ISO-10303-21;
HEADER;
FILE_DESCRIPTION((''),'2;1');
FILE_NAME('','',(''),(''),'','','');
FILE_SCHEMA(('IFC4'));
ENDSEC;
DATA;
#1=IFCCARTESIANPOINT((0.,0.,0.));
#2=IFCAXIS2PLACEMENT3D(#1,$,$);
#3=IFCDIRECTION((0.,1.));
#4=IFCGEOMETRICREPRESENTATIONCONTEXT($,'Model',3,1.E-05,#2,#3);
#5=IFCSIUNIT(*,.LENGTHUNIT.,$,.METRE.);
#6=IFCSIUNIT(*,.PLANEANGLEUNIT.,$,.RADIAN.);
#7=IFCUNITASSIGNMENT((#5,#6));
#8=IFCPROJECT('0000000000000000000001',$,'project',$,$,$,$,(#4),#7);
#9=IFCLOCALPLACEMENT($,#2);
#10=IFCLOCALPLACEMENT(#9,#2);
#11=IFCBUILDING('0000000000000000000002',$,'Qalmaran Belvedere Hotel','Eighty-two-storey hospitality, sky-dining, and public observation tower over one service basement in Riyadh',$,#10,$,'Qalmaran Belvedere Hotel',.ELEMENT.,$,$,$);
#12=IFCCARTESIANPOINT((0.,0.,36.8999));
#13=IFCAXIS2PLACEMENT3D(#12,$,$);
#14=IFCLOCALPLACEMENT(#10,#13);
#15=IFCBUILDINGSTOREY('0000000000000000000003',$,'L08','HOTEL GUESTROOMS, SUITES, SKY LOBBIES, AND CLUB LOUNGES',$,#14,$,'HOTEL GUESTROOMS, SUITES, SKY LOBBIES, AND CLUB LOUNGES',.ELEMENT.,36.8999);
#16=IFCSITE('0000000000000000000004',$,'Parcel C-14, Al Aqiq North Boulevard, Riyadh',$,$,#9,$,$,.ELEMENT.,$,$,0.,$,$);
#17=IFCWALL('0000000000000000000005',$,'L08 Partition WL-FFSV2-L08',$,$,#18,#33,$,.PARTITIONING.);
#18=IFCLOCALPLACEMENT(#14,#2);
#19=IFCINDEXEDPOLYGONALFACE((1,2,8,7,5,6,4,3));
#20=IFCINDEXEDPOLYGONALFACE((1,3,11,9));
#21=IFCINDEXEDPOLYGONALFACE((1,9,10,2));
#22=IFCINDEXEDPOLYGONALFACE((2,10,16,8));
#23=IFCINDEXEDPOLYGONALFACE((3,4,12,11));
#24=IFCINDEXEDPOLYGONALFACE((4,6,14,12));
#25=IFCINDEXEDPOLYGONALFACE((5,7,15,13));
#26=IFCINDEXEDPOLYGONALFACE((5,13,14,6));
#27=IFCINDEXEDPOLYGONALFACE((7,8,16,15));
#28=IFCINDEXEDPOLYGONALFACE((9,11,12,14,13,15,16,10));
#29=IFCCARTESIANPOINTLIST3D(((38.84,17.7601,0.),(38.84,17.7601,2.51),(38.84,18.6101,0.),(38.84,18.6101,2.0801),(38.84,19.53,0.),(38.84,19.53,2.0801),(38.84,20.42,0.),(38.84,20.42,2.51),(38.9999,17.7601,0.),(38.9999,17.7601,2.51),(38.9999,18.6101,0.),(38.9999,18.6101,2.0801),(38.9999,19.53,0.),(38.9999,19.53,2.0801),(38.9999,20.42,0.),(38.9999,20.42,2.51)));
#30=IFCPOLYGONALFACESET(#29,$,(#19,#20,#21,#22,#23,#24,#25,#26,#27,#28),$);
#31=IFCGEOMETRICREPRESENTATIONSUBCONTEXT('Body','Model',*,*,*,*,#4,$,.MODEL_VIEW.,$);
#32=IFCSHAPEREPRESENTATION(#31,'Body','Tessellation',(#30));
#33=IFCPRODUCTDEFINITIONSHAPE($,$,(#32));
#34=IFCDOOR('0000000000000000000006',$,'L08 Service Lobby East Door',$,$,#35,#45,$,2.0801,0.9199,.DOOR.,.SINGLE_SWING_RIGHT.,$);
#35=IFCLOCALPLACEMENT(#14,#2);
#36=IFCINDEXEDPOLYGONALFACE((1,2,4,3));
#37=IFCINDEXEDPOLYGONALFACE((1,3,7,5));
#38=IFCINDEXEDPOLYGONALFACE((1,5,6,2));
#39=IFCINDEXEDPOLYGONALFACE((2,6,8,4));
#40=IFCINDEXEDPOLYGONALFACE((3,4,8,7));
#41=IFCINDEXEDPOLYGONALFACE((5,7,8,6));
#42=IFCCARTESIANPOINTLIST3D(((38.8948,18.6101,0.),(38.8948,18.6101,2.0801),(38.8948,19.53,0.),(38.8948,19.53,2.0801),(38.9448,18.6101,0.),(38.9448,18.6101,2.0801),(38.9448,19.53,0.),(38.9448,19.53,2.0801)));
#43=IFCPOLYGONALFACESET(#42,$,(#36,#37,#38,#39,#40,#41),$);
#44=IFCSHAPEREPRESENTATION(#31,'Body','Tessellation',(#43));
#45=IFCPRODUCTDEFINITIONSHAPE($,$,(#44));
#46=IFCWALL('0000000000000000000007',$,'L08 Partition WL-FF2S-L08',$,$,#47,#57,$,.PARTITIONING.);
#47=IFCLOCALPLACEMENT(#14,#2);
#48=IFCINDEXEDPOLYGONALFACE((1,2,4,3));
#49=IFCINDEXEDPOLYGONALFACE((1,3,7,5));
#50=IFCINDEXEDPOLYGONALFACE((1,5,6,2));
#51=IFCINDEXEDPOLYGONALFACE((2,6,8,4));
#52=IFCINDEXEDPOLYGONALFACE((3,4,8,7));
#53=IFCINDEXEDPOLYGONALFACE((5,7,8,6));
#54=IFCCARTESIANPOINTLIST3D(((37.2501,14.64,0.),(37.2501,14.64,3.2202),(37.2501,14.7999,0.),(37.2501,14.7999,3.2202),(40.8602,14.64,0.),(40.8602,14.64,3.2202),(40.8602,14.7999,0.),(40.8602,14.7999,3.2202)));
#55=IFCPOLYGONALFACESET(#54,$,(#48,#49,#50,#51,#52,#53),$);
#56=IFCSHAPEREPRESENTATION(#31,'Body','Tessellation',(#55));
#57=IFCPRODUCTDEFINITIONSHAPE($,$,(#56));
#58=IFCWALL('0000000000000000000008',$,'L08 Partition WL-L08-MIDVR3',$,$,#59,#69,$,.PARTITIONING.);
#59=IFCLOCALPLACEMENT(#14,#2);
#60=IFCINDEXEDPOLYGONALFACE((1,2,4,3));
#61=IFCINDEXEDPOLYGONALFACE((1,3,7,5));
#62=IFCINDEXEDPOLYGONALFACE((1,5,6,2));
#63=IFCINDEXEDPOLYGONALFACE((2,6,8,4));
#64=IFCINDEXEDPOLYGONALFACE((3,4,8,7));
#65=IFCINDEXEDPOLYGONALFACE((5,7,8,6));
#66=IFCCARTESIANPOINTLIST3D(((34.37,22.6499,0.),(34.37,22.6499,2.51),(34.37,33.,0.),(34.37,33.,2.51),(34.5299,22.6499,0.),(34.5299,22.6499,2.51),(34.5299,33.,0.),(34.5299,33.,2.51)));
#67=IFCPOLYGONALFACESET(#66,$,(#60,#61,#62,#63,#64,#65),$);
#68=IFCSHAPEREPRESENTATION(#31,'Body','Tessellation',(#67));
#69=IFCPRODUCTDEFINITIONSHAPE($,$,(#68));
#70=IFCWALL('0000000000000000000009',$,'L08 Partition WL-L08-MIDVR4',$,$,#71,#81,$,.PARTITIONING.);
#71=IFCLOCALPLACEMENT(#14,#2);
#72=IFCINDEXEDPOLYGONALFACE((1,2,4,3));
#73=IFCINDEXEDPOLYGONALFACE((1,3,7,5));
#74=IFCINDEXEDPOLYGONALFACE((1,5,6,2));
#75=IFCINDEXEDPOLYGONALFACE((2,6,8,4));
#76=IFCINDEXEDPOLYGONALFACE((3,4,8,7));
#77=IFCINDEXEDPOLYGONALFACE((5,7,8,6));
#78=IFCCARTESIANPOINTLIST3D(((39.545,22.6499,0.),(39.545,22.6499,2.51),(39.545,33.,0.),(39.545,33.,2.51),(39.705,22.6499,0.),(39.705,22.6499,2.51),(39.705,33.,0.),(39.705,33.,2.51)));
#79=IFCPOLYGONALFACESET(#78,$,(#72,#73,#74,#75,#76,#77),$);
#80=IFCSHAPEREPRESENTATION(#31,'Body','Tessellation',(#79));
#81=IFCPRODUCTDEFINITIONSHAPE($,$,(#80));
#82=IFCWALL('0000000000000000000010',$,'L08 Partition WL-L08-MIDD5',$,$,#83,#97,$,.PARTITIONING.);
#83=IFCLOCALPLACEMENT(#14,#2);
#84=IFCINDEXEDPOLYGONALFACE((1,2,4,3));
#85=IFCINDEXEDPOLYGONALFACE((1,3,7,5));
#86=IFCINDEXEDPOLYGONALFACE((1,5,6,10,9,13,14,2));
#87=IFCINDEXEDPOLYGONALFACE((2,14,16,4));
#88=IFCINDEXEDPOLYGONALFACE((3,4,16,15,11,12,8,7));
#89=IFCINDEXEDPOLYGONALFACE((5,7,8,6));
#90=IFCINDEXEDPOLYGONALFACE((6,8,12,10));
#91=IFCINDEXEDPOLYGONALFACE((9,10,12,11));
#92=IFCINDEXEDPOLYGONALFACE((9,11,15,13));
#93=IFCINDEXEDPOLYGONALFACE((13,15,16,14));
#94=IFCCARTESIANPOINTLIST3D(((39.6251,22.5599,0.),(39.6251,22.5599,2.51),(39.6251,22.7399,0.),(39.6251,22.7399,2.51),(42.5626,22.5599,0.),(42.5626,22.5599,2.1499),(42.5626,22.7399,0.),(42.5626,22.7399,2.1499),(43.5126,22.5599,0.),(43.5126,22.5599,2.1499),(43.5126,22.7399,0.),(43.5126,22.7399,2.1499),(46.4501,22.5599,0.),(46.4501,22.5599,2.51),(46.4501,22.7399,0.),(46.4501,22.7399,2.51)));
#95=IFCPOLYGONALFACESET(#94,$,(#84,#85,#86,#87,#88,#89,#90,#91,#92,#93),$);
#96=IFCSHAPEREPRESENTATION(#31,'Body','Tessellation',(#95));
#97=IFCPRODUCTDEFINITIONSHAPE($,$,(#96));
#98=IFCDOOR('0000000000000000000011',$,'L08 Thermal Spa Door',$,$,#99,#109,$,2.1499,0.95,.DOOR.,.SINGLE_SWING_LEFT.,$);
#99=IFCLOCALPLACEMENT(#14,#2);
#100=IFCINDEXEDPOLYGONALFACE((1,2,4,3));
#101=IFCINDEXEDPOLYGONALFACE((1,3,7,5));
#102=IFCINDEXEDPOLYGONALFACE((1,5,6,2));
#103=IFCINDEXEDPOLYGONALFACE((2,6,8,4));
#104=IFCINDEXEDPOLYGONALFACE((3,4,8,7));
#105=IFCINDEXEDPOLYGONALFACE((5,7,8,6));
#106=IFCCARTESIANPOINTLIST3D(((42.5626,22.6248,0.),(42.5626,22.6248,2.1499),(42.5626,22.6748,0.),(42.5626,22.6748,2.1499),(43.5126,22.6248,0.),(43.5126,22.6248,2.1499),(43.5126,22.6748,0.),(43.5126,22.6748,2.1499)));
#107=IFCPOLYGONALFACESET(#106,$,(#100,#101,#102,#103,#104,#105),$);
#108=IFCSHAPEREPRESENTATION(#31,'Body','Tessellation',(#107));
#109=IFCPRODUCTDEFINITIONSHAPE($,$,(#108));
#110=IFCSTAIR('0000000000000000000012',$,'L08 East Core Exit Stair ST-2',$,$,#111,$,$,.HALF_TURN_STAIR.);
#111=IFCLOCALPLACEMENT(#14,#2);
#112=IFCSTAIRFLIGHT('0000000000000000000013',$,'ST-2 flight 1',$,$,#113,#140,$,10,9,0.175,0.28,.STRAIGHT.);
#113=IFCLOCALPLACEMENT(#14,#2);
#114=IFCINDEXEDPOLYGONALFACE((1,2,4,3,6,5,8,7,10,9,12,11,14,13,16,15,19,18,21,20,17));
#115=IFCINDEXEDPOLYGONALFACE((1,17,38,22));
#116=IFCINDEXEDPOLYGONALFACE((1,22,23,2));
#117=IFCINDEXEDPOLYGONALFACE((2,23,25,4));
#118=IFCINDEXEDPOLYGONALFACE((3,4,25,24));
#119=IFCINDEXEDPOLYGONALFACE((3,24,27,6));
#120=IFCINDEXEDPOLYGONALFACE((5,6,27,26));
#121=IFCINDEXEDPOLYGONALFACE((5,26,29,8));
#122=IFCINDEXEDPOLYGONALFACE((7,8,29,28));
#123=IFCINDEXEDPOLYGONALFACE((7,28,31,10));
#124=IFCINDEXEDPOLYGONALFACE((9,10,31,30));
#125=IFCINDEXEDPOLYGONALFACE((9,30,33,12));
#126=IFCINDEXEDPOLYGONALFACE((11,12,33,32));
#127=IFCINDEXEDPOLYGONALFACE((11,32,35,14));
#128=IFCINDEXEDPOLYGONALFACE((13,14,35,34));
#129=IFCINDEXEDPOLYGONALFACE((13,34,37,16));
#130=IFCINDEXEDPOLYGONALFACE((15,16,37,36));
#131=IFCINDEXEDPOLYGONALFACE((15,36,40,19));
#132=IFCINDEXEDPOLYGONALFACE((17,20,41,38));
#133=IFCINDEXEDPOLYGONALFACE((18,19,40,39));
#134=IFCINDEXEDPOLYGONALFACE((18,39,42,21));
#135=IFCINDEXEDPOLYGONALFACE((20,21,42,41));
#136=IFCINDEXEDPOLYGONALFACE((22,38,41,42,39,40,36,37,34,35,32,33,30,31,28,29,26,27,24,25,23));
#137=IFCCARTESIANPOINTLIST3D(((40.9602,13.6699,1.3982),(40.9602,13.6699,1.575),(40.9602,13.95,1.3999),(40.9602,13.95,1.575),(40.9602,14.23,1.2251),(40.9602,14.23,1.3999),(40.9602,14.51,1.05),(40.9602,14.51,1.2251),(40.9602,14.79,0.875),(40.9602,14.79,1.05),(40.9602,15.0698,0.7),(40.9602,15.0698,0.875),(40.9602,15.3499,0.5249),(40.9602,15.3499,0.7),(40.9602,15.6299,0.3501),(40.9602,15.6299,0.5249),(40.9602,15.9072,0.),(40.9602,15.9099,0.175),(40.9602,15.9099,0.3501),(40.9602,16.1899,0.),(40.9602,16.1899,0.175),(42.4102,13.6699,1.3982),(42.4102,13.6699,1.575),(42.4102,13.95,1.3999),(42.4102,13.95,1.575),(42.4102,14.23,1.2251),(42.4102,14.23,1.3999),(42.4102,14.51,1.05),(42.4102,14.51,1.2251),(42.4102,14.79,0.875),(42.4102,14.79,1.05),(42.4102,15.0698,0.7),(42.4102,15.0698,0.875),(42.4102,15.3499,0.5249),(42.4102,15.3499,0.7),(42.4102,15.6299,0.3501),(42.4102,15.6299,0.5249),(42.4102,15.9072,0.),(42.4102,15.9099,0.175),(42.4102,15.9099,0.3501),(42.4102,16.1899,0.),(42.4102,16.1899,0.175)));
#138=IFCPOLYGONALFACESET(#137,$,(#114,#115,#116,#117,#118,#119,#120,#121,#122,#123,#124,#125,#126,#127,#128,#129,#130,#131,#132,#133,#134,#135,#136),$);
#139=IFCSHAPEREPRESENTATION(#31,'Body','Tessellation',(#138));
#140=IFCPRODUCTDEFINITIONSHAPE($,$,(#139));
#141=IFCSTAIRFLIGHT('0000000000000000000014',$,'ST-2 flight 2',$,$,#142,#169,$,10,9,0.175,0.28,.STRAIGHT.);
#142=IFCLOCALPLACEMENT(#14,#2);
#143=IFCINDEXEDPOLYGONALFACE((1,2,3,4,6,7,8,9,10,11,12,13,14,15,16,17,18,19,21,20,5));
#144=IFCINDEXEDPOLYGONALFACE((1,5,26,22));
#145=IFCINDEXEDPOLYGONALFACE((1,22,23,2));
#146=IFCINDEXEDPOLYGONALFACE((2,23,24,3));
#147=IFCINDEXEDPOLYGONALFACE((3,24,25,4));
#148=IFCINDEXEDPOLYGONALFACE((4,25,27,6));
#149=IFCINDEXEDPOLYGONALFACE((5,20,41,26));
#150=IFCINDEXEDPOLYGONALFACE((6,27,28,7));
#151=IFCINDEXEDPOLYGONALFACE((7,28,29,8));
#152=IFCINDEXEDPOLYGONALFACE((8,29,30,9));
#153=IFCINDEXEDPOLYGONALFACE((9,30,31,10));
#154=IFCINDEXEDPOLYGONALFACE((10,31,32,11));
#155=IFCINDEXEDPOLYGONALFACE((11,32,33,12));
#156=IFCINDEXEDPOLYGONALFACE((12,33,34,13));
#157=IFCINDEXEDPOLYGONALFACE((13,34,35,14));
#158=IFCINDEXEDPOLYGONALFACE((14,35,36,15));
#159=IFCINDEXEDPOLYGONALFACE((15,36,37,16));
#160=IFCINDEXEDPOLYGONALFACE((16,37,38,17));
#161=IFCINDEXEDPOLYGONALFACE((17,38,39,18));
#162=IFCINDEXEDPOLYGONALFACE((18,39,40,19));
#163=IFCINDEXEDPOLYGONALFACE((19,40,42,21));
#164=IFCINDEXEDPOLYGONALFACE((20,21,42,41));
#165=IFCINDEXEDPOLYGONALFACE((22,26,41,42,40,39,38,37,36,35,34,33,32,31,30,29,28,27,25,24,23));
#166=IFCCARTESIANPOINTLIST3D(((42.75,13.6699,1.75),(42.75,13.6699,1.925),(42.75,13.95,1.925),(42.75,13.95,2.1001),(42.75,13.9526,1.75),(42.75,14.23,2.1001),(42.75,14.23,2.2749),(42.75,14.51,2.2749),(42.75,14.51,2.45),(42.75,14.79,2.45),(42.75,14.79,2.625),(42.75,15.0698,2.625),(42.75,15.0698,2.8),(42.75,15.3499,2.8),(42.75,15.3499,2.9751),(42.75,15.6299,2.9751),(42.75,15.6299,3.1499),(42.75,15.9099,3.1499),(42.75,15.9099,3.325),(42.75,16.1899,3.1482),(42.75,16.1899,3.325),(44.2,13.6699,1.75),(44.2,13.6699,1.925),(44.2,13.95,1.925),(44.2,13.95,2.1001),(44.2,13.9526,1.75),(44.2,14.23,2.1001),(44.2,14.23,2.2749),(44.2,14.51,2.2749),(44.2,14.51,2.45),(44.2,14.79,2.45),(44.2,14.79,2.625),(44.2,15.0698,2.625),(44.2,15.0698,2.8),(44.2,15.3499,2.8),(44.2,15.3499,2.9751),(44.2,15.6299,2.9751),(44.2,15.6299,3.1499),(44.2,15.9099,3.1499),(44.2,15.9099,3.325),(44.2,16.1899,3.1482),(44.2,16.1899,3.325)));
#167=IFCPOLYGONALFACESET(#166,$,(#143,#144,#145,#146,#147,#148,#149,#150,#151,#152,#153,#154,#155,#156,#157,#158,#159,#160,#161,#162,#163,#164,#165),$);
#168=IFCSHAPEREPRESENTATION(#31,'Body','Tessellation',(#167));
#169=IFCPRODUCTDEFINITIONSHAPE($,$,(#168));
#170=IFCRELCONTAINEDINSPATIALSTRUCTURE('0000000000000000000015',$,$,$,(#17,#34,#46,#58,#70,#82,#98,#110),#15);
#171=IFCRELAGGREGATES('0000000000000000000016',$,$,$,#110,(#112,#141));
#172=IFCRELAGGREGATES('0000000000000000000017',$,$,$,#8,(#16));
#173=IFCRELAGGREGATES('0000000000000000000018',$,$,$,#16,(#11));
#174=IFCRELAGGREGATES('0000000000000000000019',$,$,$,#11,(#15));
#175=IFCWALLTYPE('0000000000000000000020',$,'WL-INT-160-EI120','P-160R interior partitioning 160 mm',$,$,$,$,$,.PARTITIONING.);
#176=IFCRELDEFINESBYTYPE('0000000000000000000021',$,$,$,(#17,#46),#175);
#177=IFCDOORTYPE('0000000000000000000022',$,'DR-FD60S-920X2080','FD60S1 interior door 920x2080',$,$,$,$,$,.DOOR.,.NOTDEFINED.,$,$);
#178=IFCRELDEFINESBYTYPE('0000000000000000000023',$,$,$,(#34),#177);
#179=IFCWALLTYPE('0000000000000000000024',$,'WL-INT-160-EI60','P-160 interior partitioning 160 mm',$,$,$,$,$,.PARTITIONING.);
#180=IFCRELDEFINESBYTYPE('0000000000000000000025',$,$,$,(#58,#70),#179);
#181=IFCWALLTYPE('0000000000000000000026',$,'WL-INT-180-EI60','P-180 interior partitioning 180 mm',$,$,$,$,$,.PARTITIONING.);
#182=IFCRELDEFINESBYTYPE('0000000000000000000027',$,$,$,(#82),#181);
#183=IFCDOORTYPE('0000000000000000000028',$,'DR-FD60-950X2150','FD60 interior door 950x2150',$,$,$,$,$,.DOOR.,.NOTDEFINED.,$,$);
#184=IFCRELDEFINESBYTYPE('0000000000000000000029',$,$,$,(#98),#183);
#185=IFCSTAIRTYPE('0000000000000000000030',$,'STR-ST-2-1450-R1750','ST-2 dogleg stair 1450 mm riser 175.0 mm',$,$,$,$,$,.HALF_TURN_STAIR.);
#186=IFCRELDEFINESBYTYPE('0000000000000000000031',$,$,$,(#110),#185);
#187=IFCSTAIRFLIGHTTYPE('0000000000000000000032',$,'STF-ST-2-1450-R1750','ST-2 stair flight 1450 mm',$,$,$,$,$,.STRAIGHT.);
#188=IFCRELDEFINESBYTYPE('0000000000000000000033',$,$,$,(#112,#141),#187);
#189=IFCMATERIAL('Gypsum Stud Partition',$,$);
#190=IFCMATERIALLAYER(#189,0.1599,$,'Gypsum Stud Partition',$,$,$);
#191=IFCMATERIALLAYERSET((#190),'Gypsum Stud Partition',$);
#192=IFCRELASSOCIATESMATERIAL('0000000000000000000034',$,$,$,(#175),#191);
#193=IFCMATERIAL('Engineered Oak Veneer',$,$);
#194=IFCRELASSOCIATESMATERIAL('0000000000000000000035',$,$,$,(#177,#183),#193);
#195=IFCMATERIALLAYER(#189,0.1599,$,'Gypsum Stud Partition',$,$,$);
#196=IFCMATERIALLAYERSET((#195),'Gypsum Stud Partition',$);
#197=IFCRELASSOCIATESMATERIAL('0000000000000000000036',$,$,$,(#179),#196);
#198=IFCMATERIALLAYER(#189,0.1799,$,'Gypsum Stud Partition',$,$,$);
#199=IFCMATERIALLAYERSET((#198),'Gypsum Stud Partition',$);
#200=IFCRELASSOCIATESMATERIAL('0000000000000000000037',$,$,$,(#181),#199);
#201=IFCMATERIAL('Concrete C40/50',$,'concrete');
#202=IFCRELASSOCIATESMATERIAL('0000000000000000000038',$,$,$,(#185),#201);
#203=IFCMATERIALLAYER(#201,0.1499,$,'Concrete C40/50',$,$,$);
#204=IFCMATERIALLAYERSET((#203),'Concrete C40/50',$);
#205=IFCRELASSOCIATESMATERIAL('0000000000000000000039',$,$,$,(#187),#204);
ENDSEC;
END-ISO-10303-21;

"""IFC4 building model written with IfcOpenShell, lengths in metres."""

from ifc_helpers import new_model, si_unit, direction, frame, frame_2d, origin, place, context, subcontext, project, spatial, polyline, rectangle, outline, extrude, material, layer, layer_set, type_object, element, fill, aggregate, save


model = new_model("IFC4")

# Units and contexts
model_context = context("Model", 3, precision=1e-05, world=origin(), true_north=direction((0.0, 1.0)))
body_context = subcontext(model_context, "Body", "Model", "MODEL_VIEW")
ifc_project = project(units=[si_unit("LENGTHUNIT", "METRE"), si_unit("PLANEANGLEUNIT", "RADIAN")], contexts=[model_context])

# Site, building, storey
site_placement = place(None, origin())
site = spatial("IfcSite", under=ifc_project, at=site_placement, Name="Parcel C-14, Al Aqiq North Boulevard, Riyadh", CompositionType="ELEMENT", RefElevation=0.0)
building_placement = place(site_placement, origin())
building = spatial("IfcBuilding", under=site, at=building_placement, Name="Qalmaran Belvedere Hotel", Description="Eighty-two-storey hospitality, sky-dining, and public observation tower over one service basement in Riyadh", LongName="Qalmaran Belvedere Hotel", CompositionType="ELEMENT")
storey_placement = place(building_placement, frame((0.0, 0.0, 36.8999)))
storey = spatial("IfcBuildingStorey", under=building, at=storey_placement, Name="L08", Description="HOTEL GUESTROOMS, SUITES, SKY LOBBIES, AND CLUB LOUNGES", LongName="HOTEL GUESTROOMS, SUITES, SKY LOBBIES, AND CLUB LOUNGES", CompositionType="ELEMENT", Elevation=36.8999)

# Shared definitions
ifc_material_1 = material(Name="Gypsum Stud Partition")

# Wall, opening, door
ifc_layer_1 = layer(ifc_material_1, 0.1599, Name="Gypsum Stud Partition")
ifc_layer_set_1 = layer_set([ifc_layer_1], Name="Gypsum Stud Partition")
wall_type_1 = type_object("IfcWallType", Name="WL-INT-160-EI120", Description="P-160R interior partitioning 160 mm", PredefinedType="PARTITIONING", material=ifc_layer_set_1)
wall_1_placement = place(storey_placement, frame((38.9199, 17.76, 0.0), z_axis=(0.0, 0.0, 1.0), x_axis=(0.0, 1.0, 0.0)))
wall_1 = element("IfcWall", 1, at=wall_1_placement, inside=storey, type_object=wall_type_1, Name="L08 Partition WL-FFSV2-L08", PredefinedType="PARTITIONING", context=body_context, shape_type="SweptSolid", body=[
    extrude(rectangle(XDim=2.6599, YDim=0.1599, at=frame_2d((1.3301, 0.0))), origin(), (0.0, 0.0, 1.0), 2.51),
])
opening_1_placement = place(wall_1_placement, frame((1.77, 0.0, 0.0), z_axis=(0.0, 0.0, 1.0), x_axis=(-1.0, 0.0, 0.0)))
opening_1 = element("IfcOpeningElement", 2, at=opening_1_placement, cuts=wall_1, PredefinedType="OPENING", context=body_context, shape_type="SweptSolid", body=[
    extrude(rectangle(XDim=0.9199, YDim=2.0801, at=frame_2d((0.46, 1.04))), frame((0.0, 0.0898, 0.0), z_axis=(0.0, -1.0, 0.0), x_axis=(1.0, 0.0, 0.0)), (0.0, 0.0, 1.0), 0.1799),
])
ifc_material_2 = material(Name="Engineered Oak Veneer")
door_type_1 = type_object("IfcDoorType", Name="DR-FD60S-920X2080", Description="FD60S1 interior door 920x2080", OperationType="NOTDEFINED", PredefinedType="DOOR", material=ifc_material_2)
door_1_placement = place(opening_1_placement, origin())
door_1 = element("IfcDoor", 3, at=door_1_placement, inside=storey, type_object=door_type_1, Name="L08 Service Lobby East Door", OperationType="SINGLE_SWING_RIGHT", OverallHeight=2.0801, OverallWidth=0.9199, PredefinedType="DOOR", context=body_context, shape_type="SweptSolid", body=[
    extrude(rectangle(XDim=0.9199, YDim=2.0801, at=frame_2d((0.46, 1.04))), frame((0.0, 0.0249, 0.0), z_axis=(0.0, -1.0, 0.0), x_axis=(1.0, 0.0, 0.0)), (0.0, 0.0, 1.0), 0.05),
])
fill(opening_1, door_1)

# Walls
wall_2_placement = place(storey_placement, frame((37.25, 14.72, 0.0), z_axis=(0.0, 0.0, 1.0), x_axis=(1.0, 0.0, 0.0)))
element("IfcWall", 4, at=wall_2_placement, inside=storey, type_object=wall_type_1, Name="L08 Partition WL-FF2S-L08", PredefinedType="PARTITIONING", context=body_context, shape_type="SweptSolid", body=[
    extrude(rectangle(XDim=3.6101, YDim=0.1599, at=frame_2d((1.8052, 0.0))), origin(), (0.0, 0.0, 1.0), 3.2202),
])
ifc_layer_2 = layer(ifc_material_1, 0.1599, Name="Gypsum Stud Partition")
ifc_layer_set_2 = layer_set([ifc_layer_2], Name="Gypsum Stud Partition")
wall_type_2 = type_object("IfcWallType", Name="WL-INT-160-EI60", Description="P-160 interior partitioning 160 mm", PredefinedType="PARTITIONING", material=ifc_layer_set_2)
for number, where, z_axis, x_axis, name in (
    (5, (34.45, 22.6499, 0.0), (0.0, 0.0, 1.0), (0.0, 1.0, 0.0), "L08 Partition WL-L08-MIDVR3"),
    (6, (39.625, 22.6499, 0.0), (0.0, 0.0, 1.0), (0.0, 1.0, 0.0), "L08 Partition WL-L08-MIDVR4"),
):
    element("IfcWall", number, at=place(storey_placement, frame(where, z_axis=z_axis, x_axis=x_axis)), inside=storey, type_object=wall_type_2, Name=name, PredefinedType="PARTITIONING", context=body_context, shape_type="SweptSolid", body=[
        extrude(rectangle(XDim=10.3501, YDim=0.1599, at=frame_2d((5.175, 0.0))), origin(), (0.0, 0.0, 1.0), 2.51),
    ])

# Wall, opening, door
ifc_layer_3 = layer(ifc_material_1, 0.1799, Name="Gypsum Stud Partition")
ifc_layer_set_3 = layer_set([ifc_layer_3], Name="Gypsum Stud Partition")
wall_type_3 = type_object("IfcWallType", Name="WL-INT-180-EI60", Description="P-180 interior partitioning 180 mm", PredefinedType="PARTITIONING", material=ifc_layer_set_3)
door_type_2 = type_object("IfcDoorType", Name="DR-FD60-950X2150", Description="FD60 interior door 950x2150", OperationType="NOTDEFINED", PredefinedType="DOOR", material=ifc_material_2)
wall_3_placement = place(storey_placement, frame((39.625, 22.6499, 0.0), z_axis=(0.0, 0.0, 1.0), x_axis=(1.0, 0.0, 0.0)))
wall_3 = element("IfcWall", 7, at=wall_3_placement, inside=storey, type_object=wall_type_3, Name="L08 Partition WL-L08-MIDD5", PredefinedType="PARTITIONING", context=body_context, shape_type="SweptSolid", body=[
    extrude(rectangle(XDim=6.825, YDim=0.1799, at=frame_2d((3.4126, 0.0))), origin(), (0.0, 0.0, 1.0), 2.51),
])
opening_2_placement = place(wall_3_placement, frame((2.9375, 0.0, 0.0)))
opening_2 = element("IfcOpeningElement", 8, at=opening_2_placement, cuts=wall_3, PredefinedType="OPENING", context=body_context, shape_type="SweptSolid", body=[
    extrude(rectangle(XDim=0.95, YDim=2.1499, at=frame_2d((0.4751, 1.075))), frame((0.0, 0.1001, 0.0), z_axis=(0.0, -1.0, 0.0), x_axis=(1.0, 0.0, 0.0)), (0.0, 0.0, 1.0), 0.2),
])
door_2_placement = place(opening_2_placement, origin())
door_2 = element("IfcDoor", 9, at=door_2_placement, inside=storey, type_object=door_type_2, Name="L08 Thermal Spa Door", OperationType="SINGLE_SWING_LEFT", OverallHeight=2.1499, OverallWidth=0.95, PredefinedType="DOOR", context=body_context, shape_type="SweptSolid", body=[
    extrude(rectangle(XDim=0.95, YDim=2.1499, at=frame_2d((0.4751, 1.075))), frame((0.0, 0.0249, 0.0), z_axis=(0.0, -1.0, 0.0), x_axis=(1.0, 0.0, 0.0)), (0.0, 0.0, 1.0), 0.05),
])
fill(opening_2, door_2)

# Stair, stair flights
ifc_material_3 = material(Name="Concrete C40/50", Category="concrete")
stair_type = type_object("IfcStairType", Name="STR-ST-2-1450-R1750", Description="ST-2 dogleg stair 1450 mm riser 175.0 mm", PredefinedType="HALF_TURN_STAIR", material=ifc_material_3)
stair_placement = place(storey_placement, origin())
stair = element("IfcStair", 10, at=stair_placement, inside=storey, type_object=stair_type, Name="L08 East Core Exit Stair ST-2", PredefinedType="HALF_TURN_STAIR")
ifc_layer_4 = layer(ifc_material_3, 0.1499, Name="Concrete C40/50")
ifc_layer_set_4 = layer_set([ifc_layer_4], Name="Concrete C40/50")
stair_flight_type = type_object("IfcStairFlightType", Name="STF-ST-2-1450-R1750", Description="ST-2 stair flight 1450 mm", PredefinedType="STRAIGHT", material=ifc_layer_set_4)
stair_flight_1_placement = place(storey_placement, frame((41.6851, 16.1899, 0.0), z_axis=(0.0, 0.0, 1.0), x_axis=(0.0, -1.0, 0.0)))
stair_flight_1 = element("IfcStairFlight", 11, at=stair_flight_1_placement, type_object=stair_flight_type, Name="ST-2 flight 1", NumberOfRisers=10, NumberOfTreads=9, PredefinedType="STRAIGHT", RiserHeight=0.175, TreadLength=0.28, context=body_context, shape_type="SweptSolid", body=[
    extrude(outline(polyline([(0.0, 0.0), (0.0, 0.175), (0.28, 0.175), (0.28, 0.3501), (0.5601, 0.3501), (0.5601, 0.5249), (0.8401, 0.5249), (0.8401, 0.7), (1.1201, 0.7), (1.1201, 0.875), (1.3999, 0.875), (1.3999, 1.05), (1.6799, 1.05), (1.6799, 1.2251), (1.96, 1.2251), (1.96, 1.3999), (2.24, 1.3999), (2.24, 1.575), (2.52, 1.575), (2.52, 1.75), (2.52, 1.3982), (0.2827, 0.0), (0.0, 0.0)])), frame((0.0, 0.7251, 0.0), z_axis=(0.0, -1.0, 0.0), x_axis=(1.0, 0.0, 0.0)), (0.0, 0.0, 1.0), 1.45),
])
stair_flight_2_placement = place(storey_placement, frame((43.4751, 13.6699, 1.75), z_axis=(0.0, 0.0, 1.0), x_axis=(0.0, 1.0, 0.0)))
stair_flight_2 = element("IfcStairFlight", 12, at=stair_flight_2_placement, type_object=stair_flight_type, Name="ST-2 flight 2", NumberOfRisers=10, NumberOfTreads=9, PredefinedType="STRAIGHT", RiserHeight=0.175, TreadLength=0.28, context=body_context, shape_type="SweptSolid", body=[
    extrude(outline(polyline([(0.0, 0.0), (0.0, 0.175), (0.28, 0.175), (0.28, 0.3501), (0.5601, 0.3501), (0.5601, 0.5249), (0.8401, 0.5249), (0.8401, 0.7), (1.1201, 0.7), (1.1201, 0.875), (1.3999, 0.875), (1.3999, 1.05), (1.6799, 1.05), (1.6799, 1.2251), (1.96, 1.2251), (1.96, 1.3999), (2.24, 1.3999), (2.24, 1.575), (2.52, 1.575), (2.52, 1.75), (2.52, 1.3982), (0.2827, 0.0), (0.0, 0.0)])), frame((0.0, 0.7251, 0.0), z_axis=(0.0, -1.0, 0.0), x_axis=(1.0, 0.0, 0.0)), (0.0, 0.0, 1.0), 1.45),
])
aggregate(stair, [stair_flight_1, stair_flight_2])

save(model, "model.ifc")
